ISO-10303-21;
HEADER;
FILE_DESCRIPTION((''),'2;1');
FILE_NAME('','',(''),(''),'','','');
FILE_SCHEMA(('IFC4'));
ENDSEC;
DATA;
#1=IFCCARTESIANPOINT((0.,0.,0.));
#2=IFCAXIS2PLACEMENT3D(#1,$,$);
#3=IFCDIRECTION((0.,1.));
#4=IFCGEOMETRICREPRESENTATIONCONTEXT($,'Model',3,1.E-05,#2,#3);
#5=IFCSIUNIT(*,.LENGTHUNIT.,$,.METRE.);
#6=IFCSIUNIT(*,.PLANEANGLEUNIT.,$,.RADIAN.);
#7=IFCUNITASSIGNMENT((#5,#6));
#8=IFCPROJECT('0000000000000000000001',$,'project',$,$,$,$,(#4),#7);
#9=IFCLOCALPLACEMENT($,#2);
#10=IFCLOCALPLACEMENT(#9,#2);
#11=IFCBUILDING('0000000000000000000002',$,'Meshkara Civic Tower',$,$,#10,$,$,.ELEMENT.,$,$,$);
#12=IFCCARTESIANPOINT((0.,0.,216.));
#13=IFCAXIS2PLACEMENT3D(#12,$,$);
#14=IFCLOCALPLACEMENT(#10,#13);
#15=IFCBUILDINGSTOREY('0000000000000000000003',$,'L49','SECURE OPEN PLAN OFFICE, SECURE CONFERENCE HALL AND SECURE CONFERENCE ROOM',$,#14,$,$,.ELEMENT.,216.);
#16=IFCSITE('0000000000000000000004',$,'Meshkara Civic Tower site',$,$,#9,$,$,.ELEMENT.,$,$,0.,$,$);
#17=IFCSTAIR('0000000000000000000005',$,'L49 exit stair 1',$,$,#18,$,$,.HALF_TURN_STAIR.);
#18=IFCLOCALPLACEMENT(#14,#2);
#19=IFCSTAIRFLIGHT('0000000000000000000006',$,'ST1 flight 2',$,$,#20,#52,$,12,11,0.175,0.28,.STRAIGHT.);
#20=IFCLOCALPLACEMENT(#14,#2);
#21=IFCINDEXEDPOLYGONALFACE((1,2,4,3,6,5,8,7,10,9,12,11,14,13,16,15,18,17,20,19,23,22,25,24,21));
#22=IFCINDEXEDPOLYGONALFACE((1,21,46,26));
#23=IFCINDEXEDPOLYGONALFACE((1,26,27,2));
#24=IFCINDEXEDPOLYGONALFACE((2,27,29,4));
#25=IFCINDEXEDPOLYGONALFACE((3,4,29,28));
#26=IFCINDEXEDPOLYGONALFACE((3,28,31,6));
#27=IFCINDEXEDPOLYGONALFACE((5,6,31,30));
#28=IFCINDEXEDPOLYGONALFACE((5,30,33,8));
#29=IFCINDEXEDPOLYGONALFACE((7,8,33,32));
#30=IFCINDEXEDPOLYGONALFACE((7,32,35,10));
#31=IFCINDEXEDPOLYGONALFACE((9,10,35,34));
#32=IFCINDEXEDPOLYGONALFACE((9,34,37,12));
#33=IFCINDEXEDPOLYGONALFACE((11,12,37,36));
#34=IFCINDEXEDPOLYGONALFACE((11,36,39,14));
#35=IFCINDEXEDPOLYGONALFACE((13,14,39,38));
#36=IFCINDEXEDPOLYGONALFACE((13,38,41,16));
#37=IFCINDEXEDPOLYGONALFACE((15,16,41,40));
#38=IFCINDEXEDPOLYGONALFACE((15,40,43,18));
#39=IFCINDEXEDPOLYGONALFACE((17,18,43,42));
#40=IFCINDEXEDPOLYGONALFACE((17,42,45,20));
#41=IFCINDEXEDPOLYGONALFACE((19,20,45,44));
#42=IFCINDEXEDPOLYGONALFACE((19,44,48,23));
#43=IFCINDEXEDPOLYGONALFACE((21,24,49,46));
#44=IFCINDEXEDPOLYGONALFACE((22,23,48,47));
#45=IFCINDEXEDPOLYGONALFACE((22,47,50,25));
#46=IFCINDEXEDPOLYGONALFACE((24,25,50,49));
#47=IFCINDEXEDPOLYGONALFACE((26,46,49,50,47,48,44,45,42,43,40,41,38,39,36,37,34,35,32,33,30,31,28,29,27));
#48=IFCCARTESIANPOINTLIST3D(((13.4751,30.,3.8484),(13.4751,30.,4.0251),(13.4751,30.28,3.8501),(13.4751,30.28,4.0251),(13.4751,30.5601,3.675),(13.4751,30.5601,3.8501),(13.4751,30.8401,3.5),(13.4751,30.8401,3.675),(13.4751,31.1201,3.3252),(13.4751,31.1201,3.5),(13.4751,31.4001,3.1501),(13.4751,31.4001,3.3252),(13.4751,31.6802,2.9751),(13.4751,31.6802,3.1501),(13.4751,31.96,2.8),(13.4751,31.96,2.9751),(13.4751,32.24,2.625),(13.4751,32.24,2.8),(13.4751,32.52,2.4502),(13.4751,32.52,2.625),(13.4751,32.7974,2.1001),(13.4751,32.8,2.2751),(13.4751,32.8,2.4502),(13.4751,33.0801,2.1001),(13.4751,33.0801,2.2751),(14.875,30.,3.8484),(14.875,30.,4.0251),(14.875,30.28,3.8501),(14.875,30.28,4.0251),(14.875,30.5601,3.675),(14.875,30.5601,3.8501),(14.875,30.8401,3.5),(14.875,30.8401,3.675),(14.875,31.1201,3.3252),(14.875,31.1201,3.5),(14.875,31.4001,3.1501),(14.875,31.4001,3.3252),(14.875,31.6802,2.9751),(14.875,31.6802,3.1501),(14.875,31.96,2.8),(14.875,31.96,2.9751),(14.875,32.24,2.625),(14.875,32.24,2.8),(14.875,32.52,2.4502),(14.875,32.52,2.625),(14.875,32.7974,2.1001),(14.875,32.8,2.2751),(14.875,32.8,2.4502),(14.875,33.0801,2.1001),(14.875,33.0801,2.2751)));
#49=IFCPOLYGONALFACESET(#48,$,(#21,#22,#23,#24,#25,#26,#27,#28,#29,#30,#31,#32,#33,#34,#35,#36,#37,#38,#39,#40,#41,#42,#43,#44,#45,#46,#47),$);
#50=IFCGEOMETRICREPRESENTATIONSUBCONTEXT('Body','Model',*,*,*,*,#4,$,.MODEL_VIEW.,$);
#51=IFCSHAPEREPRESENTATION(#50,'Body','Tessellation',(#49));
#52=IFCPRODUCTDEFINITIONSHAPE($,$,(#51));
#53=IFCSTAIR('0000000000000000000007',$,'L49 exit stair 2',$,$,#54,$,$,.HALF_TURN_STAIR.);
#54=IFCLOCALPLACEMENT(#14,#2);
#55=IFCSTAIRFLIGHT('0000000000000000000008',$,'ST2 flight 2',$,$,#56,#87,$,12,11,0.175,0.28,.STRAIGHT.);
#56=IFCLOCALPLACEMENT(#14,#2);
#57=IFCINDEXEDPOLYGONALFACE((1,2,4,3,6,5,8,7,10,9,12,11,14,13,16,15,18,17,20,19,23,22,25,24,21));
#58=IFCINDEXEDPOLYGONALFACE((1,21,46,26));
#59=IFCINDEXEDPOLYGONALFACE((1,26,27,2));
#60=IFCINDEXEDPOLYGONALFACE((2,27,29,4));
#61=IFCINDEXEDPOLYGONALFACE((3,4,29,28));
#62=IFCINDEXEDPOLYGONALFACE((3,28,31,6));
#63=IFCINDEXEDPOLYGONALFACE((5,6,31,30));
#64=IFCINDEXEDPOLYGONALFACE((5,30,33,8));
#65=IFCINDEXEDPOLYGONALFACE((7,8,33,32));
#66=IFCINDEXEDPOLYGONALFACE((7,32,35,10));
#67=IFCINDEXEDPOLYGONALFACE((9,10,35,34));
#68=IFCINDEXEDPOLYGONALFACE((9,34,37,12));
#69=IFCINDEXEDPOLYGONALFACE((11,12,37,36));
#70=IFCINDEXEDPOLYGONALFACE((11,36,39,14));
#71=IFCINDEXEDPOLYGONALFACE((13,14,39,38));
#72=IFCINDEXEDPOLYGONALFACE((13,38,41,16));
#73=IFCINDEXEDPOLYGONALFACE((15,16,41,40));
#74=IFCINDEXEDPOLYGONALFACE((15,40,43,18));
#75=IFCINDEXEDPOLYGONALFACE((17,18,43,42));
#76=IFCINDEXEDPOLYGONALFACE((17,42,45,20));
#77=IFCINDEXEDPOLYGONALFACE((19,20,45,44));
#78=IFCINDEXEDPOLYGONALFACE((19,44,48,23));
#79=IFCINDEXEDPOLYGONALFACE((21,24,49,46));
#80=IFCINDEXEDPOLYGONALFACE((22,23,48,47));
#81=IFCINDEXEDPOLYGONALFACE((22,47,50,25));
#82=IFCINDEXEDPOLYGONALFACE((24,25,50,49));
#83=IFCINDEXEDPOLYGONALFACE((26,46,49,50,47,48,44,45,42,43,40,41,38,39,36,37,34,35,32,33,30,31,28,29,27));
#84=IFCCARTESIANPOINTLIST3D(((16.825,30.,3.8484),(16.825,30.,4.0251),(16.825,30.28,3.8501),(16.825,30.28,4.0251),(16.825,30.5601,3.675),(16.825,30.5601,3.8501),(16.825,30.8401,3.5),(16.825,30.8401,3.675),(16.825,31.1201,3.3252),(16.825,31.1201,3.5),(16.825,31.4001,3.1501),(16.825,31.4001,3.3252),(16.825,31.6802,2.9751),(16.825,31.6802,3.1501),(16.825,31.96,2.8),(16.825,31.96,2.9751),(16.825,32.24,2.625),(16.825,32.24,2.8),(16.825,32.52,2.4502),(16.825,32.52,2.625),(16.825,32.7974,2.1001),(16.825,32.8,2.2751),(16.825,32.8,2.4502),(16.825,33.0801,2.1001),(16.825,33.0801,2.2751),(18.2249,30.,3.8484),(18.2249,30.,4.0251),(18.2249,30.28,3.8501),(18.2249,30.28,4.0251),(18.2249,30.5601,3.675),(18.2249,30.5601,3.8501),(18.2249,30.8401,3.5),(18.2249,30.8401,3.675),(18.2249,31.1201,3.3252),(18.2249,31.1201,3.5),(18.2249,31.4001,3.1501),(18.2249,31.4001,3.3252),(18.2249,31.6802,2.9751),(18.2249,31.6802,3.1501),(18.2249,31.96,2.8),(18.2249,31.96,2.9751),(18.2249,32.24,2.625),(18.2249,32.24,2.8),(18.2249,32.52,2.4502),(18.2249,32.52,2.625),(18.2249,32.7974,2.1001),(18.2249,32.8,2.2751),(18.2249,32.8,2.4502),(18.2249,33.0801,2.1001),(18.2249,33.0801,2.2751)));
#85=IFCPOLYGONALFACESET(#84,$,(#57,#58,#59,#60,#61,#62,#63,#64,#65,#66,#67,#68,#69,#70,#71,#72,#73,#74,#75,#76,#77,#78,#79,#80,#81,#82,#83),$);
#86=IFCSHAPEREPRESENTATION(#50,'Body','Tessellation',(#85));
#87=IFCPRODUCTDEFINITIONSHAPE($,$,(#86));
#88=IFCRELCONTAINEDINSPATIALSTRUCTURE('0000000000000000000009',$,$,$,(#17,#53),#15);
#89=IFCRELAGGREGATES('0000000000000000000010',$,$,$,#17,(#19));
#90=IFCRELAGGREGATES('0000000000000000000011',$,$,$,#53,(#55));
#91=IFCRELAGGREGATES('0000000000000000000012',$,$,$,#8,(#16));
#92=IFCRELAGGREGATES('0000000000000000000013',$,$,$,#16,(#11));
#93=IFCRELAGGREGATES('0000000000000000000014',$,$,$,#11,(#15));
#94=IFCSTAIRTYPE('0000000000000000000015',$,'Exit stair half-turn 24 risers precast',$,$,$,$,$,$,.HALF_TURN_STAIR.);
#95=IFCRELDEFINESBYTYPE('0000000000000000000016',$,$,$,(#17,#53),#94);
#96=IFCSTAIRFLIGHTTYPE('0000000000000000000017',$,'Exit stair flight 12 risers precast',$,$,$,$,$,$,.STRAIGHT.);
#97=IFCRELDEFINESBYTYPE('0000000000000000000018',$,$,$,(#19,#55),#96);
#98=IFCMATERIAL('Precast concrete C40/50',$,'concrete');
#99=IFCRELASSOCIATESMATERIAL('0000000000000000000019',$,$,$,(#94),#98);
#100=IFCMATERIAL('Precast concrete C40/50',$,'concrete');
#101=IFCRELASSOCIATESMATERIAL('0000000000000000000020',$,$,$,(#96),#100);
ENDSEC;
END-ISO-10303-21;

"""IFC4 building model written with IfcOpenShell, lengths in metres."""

from ifc_helpers import new_model, si_unit, direction, frame, origin, place, context, subcontext, project, spatial, polyline, outline, extrude, material, type_object, element, aggregate, save


model = new_model("IFC4")

# Units and contexts
model_context = context("Model", 3, precision=1e-05, world=origin(), true_north=direction((0.0, 1.0)))
body_context = subcontext(model_context, "Body", "Model", "MODEL_VIEW")
ifc_project = project(units=[si_unit("LENGTHUNIT", "METRE"), si_unit("PLANEANGLEUNIT", "RADIAN")], contexts=[model_context])

# Site, building, storey
site_placement = place(None, origin())
site = spatial("IfcSite", under=ifc_project, at=site_placement, Name="Meshkara Civic Tower site", CompositionType="ELEMENT", RefElevation=0.0)
building_placement = place(site_placement, origin())
building = spatial("IfcBuilding", under=site, at=building_placement, Name="Meshkara Civic Tower", CompositionType="ELEMENT")
storey_placement = place(building_placement, frame((0.0, 0.0, 216.0)))
storey = spatial("IfcBuildingStorey", under=building, at=storey_placement, Name="L49", Description="SECURE OPEN PLAN OFFICE, SECURE CONFERENCE HALL AND SECURE CONFERENCE ROOM", CompositionType="ELEMENT", Elevation=216.0)

# Stair, stair flight
ifc_material_1 = material(Name="Precast concrete C40/50", Category="concrete")
stair_type = type_object("IfcStairType", Name="Exit stair half-turn 24 risers precast", PredefinedType="HALF_TURN_STAIR", material=ifc_material_1)
stair_1_placement = place(storey_placement, origin())
stair_1 = element("IfcStair", 1, at=stair_1_placement, inside=storey, type_object=stair_type, Name="L49 exit stair 1", PredefinedType="HALF_TURN_STAIR")
ifc_material_2 = material(Name="Precast concrete C40/50", Category="concrete")
stair_flight_type = type_object("IfcStairFlightType", Name="Exit stair flight 12 risers precast", PredefinedType="STRAIGHT", material=ifc_material_2)
stair_flight_1_placement = place(storey_placement, frame((14.175, 33.0801, 2.1001), z_axis=(0.0, 0.0, 1.0), x_axis=(0.0, -1.0, 0.0)))
stair_flight_1 = element("IfcStairFlight", 2, at=stair_flight_1_placement, type_object=stair_flight_type, Name="ST1 flight 2", NumberOfRisers=12, NumberOfTreads=11, PredefinedType="STRAIGHT", RiserHeight=0.175, TreadLength=0.28, context=body_context, shape_type="SweptSolid", body=[
    extrude(outline(polyline([(0.0, 0.0), (0.0, 0.175), (0.28, 0.175), (0.28, 0.3501), (0.5601, 0.3501), (0.5601, 0.5249), (0.8401, 0.5249), (0.8401, 0.7), (1.1201, 0.7), (1.1201, 0.875), (1.3999, 0.875), (1.3999, 1.05), (1.6799, 1.05), (1.6799, 1.2251), (1.96, 1.2251), (1.96, 1.3999), (2.24, 1.3999), (2.24, 1.575), (2.52, 1.575), (2.52, 1.75), (2.8, 1.75), (2.8, 1.925), (3.0801, 1.925), (3.0801, 2.1001), (3.0801, 1.7483), (0.2827, 0.0), (0.0, 0.0)])), frame((0.0, 0.7, 0.0), z_axis=(0.0, -1.0, 0.0), x_axis=(1.0, 0.0, 0.0)), (0.0, 0.0, 1.0), 1.3999),
])
aggregate(stair_1, [stair_flight_1])

# Stair, stair flight
stair_2_placement = place(storey_placement, origin())
stair_2 = element("IfcStair", 3, at=stair_2_placement, inside=storey, type_object=stair_type, Name="L49 exit stair 2", PredefinedType="HALF_TURN_STAIR")
stair_flight_2_placement = place(storey_placement, frame((17.5249, 33.0801, 2.1001), z_axis=(0.0, 0.0, 1.0), x_axis=(0.0, -1.0, 0.0)))
stair_flight_2 = element("IfcStairFlight", 4, at=stair_flight_2_placement, type_object=stair_flight_type, Name="ST2 flight 2", NumberOfRisers=12, NumberOfTreads=11, PredefinedType="STRAIGHT", RiserHeight=0.175, TreadLength=0.28, context=body_context, shape_type="SweptSolid", body=[
    extrude(outline(polyline([(0.0, 0.0), (0.0, 0.175), (0.28, 0.175), (0.28, 0.3501), (0.5601, 0.3501), (0.5601, 0.5249), (0.8401, 0.5249), (0.8401, 0.7), (1.1201, 0.7), (1.1201, 0.875), (1.3999, 0.875), (1.3999, 1.05), (1.6799, 1.05), (1.6799, 1.2251), (1.96, 1.2251), (1.96, 1.3999), (2.24, 1.3999), (2.24, 1.575), (2.52, 1.575), (2.52, 1.75), (2.8, 1.75), (2.8, 1.925), (3.0801, 1.925), (3.0801, 2.1001), (3.0801, 1.7483), (0.2827, 0.0), (0.0, 0.0)])), frame((0.0, 0.7, 0.0), z_axis=(0.0, -1.0, 0.0), x_axis=(1.0, 0.0, 0.0)), (0.0, 0.0, 1.0), 1.3999),
])
aggregate(stair_2, [stair_flight_2])

save(model, "model.ifc")
